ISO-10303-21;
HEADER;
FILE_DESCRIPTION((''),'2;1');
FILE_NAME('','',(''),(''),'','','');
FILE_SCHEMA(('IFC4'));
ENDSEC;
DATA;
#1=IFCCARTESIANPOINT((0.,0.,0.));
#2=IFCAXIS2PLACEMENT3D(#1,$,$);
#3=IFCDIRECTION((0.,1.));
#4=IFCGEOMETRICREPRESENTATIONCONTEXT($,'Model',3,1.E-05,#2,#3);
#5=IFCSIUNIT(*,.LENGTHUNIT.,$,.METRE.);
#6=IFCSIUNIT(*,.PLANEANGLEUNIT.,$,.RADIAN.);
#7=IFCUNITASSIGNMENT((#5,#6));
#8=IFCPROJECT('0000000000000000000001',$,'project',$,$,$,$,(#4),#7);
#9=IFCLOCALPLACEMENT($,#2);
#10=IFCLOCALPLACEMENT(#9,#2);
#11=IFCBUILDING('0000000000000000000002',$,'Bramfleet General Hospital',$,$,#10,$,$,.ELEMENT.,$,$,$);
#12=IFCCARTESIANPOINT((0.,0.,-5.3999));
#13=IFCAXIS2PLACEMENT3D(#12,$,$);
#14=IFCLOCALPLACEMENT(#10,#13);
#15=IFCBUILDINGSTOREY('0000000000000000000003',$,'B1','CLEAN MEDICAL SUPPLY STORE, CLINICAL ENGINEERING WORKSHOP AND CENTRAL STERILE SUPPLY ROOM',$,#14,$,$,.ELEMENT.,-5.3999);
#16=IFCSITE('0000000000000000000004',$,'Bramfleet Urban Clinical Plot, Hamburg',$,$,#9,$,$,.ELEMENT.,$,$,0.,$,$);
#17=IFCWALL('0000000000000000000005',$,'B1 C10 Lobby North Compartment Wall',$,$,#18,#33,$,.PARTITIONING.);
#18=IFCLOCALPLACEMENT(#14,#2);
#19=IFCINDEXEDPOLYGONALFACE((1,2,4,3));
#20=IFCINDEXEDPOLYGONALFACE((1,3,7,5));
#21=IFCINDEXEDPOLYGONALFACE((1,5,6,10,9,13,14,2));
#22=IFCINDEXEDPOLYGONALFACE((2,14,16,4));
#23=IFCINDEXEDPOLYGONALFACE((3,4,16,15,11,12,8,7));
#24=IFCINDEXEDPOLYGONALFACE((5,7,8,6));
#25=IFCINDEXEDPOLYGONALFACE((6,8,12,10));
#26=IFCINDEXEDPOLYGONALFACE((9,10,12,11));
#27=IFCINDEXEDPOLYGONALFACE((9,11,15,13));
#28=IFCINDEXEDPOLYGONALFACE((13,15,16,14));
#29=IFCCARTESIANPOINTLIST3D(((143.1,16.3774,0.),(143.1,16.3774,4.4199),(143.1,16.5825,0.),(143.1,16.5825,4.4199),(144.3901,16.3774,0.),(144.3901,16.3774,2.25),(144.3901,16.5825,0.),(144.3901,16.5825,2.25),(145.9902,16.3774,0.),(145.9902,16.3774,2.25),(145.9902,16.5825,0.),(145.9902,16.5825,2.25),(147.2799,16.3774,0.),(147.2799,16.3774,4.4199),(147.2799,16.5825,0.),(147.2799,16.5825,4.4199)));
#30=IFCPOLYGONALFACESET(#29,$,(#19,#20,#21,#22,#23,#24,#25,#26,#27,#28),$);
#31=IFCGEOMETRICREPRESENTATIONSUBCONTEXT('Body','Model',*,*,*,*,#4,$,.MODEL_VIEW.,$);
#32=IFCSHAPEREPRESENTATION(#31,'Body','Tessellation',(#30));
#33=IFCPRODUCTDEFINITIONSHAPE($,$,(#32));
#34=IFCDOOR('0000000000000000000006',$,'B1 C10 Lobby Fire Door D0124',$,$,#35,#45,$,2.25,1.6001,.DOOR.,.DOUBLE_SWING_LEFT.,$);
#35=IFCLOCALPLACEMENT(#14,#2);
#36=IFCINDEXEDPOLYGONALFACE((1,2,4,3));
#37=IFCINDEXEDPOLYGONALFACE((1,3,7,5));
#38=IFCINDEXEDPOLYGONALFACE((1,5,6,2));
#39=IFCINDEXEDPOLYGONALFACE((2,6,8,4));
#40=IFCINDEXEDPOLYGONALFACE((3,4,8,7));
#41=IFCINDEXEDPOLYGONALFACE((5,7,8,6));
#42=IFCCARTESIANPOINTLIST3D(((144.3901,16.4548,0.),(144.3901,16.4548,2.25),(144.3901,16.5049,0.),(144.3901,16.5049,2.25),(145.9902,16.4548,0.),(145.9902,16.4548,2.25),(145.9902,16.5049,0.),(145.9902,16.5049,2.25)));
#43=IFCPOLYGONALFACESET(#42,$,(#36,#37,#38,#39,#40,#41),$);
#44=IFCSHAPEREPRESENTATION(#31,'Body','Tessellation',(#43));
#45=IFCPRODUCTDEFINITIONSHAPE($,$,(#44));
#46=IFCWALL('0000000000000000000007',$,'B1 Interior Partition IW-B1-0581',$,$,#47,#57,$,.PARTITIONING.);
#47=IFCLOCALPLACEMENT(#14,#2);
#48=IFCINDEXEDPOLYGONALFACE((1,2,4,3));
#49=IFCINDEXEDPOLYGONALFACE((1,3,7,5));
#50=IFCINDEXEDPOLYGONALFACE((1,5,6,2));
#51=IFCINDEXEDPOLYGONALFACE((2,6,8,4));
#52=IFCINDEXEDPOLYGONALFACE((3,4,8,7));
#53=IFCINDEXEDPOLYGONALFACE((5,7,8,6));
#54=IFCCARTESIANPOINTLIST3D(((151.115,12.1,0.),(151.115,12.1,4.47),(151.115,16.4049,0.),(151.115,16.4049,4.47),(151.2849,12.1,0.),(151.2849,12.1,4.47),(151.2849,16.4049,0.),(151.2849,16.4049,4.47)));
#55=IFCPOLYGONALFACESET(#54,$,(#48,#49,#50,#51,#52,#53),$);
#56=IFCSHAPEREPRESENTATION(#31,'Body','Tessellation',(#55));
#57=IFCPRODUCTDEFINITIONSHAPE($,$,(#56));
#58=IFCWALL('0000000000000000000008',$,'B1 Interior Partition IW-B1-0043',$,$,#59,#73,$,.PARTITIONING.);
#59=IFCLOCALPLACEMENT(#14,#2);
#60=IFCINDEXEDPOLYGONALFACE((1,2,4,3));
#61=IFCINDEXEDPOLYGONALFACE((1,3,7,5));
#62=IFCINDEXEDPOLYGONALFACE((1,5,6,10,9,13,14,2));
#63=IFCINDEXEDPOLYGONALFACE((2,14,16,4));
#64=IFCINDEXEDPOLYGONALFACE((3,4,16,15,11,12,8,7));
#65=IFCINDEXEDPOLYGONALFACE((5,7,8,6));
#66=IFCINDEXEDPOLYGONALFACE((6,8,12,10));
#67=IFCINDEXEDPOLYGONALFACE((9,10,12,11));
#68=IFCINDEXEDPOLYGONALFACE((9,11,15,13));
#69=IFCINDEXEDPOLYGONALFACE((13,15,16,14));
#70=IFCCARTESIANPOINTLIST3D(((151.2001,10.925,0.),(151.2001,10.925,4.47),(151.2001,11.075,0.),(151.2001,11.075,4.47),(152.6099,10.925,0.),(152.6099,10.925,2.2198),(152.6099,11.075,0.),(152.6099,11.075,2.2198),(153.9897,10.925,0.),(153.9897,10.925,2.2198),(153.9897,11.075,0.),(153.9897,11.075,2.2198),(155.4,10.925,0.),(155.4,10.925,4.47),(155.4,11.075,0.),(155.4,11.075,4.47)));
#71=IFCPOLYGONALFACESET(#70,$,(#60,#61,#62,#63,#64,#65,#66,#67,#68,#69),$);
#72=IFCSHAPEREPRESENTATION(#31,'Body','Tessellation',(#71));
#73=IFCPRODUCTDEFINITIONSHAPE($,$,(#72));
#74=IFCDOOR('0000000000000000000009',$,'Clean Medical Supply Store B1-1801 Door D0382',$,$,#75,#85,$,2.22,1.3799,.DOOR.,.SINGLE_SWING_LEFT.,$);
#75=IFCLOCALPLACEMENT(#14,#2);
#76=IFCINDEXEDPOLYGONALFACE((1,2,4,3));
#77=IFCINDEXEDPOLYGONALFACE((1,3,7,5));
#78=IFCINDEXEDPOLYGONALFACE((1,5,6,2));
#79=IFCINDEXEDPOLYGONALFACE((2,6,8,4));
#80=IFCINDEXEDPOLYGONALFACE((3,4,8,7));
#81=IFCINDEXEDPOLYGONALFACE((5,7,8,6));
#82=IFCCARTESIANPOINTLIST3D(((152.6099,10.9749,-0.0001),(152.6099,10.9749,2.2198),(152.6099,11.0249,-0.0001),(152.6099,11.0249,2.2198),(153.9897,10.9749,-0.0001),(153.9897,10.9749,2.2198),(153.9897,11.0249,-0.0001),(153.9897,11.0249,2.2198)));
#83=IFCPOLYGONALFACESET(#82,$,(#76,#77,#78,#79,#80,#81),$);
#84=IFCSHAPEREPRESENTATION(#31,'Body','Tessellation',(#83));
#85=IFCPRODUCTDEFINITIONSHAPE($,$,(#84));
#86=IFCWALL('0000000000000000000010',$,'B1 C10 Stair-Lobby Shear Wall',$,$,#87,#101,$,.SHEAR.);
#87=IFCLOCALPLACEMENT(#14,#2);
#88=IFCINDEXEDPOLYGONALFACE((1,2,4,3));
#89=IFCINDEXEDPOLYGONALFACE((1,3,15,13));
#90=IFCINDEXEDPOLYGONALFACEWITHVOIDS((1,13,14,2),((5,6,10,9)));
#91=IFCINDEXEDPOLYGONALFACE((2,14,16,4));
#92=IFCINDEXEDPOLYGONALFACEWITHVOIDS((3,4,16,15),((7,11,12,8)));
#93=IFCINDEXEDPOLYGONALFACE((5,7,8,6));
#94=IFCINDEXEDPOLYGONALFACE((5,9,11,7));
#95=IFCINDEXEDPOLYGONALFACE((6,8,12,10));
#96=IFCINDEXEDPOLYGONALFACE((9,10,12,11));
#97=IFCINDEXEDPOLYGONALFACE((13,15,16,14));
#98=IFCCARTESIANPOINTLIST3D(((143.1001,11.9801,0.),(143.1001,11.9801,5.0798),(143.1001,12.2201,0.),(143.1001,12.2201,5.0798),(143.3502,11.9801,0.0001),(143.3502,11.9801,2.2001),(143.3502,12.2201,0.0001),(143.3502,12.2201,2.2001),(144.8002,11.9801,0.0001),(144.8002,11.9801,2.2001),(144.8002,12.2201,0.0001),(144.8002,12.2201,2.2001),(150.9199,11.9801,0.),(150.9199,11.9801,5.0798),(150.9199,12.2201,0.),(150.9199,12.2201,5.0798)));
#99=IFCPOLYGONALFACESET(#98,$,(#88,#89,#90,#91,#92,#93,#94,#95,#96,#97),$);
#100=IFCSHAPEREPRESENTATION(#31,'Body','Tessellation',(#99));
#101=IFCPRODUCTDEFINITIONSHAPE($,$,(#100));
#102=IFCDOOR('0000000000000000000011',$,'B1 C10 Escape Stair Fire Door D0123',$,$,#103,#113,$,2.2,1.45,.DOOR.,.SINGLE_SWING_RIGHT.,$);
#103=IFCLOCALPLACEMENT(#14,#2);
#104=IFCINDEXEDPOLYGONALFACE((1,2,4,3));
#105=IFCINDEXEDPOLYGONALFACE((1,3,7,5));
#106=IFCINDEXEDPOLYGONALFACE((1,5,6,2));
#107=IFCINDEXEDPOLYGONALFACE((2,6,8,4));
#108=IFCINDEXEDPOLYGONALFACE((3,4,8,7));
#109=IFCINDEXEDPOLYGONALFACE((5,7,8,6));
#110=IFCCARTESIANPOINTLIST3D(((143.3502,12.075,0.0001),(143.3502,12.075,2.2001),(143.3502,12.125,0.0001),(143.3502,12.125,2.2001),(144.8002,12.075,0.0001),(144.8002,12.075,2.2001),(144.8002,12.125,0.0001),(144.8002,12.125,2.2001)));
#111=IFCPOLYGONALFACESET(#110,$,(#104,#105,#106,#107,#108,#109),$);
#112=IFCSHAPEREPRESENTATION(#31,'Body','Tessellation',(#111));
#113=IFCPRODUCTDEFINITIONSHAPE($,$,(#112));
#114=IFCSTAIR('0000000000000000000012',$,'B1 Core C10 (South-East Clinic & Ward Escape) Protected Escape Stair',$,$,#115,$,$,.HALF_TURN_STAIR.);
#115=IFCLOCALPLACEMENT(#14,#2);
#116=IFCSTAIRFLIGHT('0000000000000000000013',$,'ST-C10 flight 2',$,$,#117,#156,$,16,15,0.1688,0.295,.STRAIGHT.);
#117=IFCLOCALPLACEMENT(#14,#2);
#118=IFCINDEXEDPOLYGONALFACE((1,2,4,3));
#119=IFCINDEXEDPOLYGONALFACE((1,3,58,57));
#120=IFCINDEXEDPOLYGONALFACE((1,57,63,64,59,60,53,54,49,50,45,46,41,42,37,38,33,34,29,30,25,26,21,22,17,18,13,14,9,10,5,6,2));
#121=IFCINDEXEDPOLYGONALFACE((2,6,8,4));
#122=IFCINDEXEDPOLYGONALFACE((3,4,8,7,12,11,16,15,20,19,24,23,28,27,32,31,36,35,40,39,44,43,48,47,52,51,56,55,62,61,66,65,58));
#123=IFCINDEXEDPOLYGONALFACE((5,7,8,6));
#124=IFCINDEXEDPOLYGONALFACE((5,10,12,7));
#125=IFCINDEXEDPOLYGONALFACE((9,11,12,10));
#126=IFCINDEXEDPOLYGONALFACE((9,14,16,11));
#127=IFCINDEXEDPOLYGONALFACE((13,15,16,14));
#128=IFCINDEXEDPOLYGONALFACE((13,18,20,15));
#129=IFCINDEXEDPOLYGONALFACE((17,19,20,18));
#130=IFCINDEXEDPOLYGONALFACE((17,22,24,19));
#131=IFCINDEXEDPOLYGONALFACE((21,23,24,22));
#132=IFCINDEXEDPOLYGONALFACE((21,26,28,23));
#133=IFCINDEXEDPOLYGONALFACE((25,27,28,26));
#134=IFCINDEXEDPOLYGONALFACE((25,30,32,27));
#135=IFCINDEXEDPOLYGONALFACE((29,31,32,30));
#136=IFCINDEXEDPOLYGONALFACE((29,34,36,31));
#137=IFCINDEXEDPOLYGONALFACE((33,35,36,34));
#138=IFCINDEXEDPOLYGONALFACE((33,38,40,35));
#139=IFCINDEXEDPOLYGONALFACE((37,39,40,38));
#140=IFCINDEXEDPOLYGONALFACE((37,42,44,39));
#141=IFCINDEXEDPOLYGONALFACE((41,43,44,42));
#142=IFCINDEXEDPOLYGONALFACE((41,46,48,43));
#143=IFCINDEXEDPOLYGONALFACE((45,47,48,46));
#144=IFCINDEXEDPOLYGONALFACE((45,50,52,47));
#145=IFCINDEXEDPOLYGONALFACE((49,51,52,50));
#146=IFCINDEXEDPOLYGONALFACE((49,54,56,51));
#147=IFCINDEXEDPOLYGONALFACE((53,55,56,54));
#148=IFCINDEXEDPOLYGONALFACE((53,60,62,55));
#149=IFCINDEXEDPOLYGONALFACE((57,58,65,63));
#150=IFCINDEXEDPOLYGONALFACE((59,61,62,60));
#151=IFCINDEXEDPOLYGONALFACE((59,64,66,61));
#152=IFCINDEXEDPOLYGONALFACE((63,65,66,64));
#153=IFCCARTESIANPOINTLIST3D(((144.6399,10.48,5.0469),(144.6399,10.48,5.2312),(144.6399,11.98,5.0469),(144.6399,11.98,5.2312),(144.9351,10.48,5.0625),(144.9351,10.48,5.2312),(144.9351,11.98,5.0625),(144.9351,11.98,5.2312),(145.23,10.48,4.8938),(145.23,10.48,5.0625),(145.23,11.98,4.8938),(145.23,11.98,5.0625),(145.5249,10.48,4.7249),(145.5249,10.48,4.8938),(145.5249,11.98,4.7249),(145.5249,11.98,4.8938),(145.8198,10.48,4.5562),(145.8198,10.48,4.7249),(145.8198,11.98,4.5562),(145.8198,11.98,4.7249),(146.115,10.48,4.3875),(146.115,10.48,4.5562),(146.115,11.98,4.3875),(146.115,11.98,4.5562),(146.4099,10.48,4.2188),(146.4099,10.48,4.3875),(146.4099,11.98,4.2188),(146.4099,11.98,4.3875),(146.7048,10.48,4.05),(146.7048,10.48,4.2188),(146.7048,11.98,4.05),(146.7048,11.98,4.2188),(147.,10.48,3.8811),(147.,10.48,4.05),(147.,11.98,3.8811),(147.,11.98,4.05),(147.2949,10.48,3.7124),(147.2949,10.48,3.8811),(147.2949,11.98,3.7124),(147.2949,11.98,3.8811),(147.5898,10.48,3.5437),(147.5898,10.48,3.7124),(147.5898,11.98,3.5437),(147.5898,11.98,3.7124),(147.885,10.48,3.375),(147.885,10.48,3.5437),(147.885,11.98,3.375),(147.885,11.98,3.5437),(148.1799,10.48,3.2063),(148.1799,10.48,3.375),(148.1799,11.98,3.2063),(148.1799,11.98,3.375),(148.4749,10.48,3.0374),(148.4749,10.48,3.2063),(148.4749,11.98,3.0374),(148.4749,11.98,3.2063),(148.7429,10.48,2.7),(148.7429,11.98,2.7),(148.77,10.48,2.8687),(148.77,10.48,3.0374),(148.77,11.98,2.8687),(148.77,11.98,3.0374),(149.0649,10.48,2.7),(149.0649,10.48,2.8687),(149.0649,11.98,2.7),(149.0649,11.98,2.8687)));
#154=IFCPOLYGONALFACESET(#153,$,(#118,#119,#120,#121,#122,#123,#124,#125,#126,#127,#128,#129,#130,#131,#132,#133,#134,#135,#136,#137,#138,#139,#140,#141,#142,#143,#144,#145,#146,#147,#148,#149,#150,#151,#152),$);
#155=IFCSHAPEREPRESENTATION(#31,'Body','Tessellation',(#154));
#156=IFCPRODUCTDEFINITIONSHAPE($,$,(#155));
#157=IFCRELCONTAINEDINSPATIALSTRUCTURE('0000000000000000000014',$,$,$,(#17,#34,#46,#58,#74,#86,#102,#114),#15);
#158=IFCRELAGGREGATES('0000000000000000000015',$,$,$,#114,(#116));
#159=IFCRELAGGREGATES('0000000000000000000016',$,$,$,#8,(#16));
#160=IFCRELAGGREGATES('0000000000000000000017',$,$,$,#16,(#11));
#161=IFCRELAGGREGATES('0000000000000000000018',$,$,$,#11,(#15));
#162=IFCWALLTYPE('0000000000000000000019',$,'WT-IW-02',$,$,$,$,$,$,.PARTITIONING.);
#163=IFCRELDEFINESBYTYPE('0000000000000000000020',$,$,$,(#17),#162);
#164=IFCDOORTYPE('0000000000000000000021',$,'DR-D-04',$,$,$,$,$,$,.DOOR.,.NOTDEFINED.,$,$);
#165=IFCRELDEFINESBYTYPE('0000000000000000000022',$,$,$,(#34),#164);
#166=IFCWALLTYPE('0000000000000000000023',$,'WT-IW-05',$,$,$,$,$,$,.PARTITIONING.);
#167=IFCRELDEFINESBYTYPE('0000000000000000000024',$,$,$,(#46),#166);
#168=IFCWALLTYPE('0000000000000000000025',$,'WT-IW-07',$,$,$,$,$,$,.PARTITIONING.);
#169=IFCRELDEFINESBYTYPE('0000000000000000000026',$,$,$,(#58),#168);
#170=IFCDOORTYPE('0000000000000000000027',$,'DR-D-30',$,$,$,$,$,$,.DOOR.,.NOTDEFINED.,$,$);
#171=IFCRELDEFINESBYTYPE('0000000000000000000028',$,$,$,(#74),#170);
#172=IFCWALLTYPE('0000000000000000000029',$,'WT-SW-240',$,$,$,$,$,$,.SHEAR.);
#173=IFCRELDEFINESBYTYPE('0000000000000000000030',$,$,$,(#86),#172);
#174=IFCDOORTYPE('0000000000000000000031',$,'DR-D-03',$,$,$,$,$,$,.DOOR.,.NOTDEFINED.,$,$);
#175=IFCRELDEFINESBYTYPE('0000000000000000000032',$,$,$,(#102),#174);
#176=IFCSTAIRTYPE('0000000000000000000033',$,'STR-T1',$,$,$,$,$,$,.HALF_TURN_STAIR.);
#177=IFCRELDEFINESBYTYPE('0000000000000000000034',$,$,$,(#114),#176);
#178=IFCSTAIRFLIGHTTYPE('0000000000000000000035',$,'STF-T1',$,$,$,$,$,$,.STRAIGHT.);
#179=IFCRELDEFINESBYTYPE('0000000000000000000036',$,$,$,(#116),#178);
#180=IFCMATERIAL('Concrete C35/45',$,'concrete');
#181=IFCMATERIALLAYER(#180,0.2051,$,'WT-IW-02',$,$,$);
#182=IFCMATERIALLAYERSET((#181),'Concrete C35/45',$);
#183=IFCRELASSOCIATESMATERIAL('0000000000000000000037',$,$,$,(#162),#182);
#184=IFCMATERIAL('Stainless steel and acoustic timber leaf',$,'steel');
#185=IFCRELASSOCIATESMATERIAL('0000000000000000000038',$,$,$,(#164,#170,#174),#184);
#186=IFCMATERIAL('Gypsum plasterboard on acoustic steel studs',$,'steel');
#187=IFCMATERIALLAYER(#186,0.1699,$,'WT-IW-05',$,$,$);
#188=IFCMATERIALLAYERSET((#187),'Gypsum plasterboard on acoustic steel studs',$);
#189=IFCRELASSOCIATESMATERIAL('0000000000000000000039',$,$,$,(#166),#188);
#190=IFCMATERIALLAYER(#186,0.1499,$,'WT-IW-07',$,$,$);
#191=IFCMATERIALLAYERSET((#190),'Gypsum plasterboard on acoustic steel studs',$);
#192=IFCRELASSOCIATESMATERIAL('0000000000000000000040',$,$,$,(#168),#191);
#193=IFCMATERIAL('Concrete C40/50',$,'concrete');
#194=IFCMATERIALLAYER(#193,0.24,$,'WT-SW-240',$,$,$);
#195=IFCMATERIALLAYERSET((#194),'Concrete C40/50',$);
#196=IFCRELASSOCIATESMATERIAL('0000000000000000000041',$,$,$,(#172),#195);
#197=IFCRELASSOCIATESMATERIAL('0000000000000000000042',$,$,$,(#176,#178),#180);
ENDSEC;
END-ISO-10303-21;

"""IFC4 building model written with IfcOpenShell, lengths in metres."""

from ifc_helpers import new_model, si_unit, direction, frame, frame_2d, origin, place, context, subcontext, project, spatial, polyline, rectangle, outline, extrude, material, layer, layer_set, type_object, element, fill, aggregate, save


model = new_model("IFC4")

# Units and contexts
model_context = context("Model", 3, precision=1e-05, world=origin(), true_north=direction((0.0, 1.0)))
body_context = subcontext(model_context, "Body", "Model", "MODEL_VIEW")
ifc_project = project(units=[si_unit("LENGTHUNIT", "METRE"), si_unit("PLANEANGLEUNIT", "RADIAN")], contexts=[model_context])

# Site, building, storey
site_placement = place(None, origin())
site = spatial("IfcSite", under=ifc_project, at=site_placement, Name="Bramfleet Urban Clinical Plot, Hamburg", CompositionType="ELEMENT", RefElevation=0.0)
building_placement = place(site_placement, origin())
building = spatial("IfcBuilding", under=site, at=building_placement, Name="Bramfleet General Hospital", CompositionType="ELEMENT")
storey_placement = place(building_placement, frame((0.0, 0.0, -5.3999)))
storey = spatial("IfcBuildingStorey", under=building, at=storey_placement, Name="B1", Description="CLEAN MEDICAL SUPPLY STORE, CLINICAL ENGINEERING WORKSHOP AND CENTRAL STERILE SUPPLY ROOM", CompositionType="ELEMENT", Elevation=-5.3999)

# Shared definitions
ifc_material_1 = material(Name="Concrete C35/45", Category="concrete")

# Shared definitions
ifc_layer_1 = layer(ifc_material_1, 0.2051, Name="WT-IW-02")
ifc_layer_set_1 = layer_set([ifc_layer_1], Name="Concrete C35/45")
wall_type_1 = type_object("IfcWallType", Name="WT-IW-02", PredefinedType="PARTITIONING", material=ifc_layer_set_1)

# Wall, opening, door
wall_1_placement = place(storey_placement, frame((143.1001, 16.48, 0.0), z_axis=(0.0, 0.0, 1.0), x_axis=(1.0, 0.0, 0.0)))
wall_1 = element("IfcWall", 1, at=wall_1_placement, inside=storey, type_object=wall_type_1, Name="B1 C10 Lobby North Compartment Wall", PredefinedType="PARTITIONING", context=body_context, shape_type="SweptSolid", body=[
    extrude(rectangle(XDim=4.1799, YDim=0.2051, at=frame_2d((2.0898, 0.0))), origin(), (0.0, 0.0, 1.0), 4.4199),
])
opening_1_placement = place(wall_1_placement, frame((1.29, 0.0, 0.0)))
opening_1 = element("IfcOpeningElement", 2, at=opening_1_placement, cuts=wall_1, PredefinedType="OPENING", context=body_context, shape_type="SweptSolid", body=[
    extrude(rectangle(XDim=1.6001, YDim=2.25, at=frame_2d((0.8, 1.125))), frame((0.0, 0.1125, 0.0), z_axis=(0.0, -1.0, 0.0), x_axis=(1.0, 0.0, 0.0)), (0.0, 0.0, 1.0), 0.2251),
])
ifc_material_2 = material(Name="Stainless steel and acoustic timber leaf", Category="steel")
door_type_1 = type_object("IfcDoorType", Name="DR-D-04", OperationType="NOTDEFINED", PredefinedType="DOOR", material=ifc_material_2)
door_1_placement = place(opening_1_placement, origin())
door_1 = element("IfcDoor", 3, at=door_1_placement, inside=storey, type_object=door_type_1, Name="B1 C10 Lobby Fire Door D0124", OperationType="DOUBLE_SWING_LEFT", OverallHeight=2.25, OverallWidth=1.6001, PredefinedType="DOOR", context=body_context, shape_type="SweptSolid", body=[
    extrude(rectangle(XDim=1.6001, YDim=2.25, at=frame_2d((0.8, 1.125))), frame((0.0, 0.0249, 0.0), z_axis=(0.0, -1.0, 0.0), x_axis=(1.0, 0.0, 0.0)), (0.0, 0.0, 1.0), 0.05),
])
fill(opening_1, door_1)

# Wall
ifc_material_3 = material(Name="Gypsum plasterboard on acoustic steel studs", Category="steel")
ifc_layer_2 = layer(ifc_material_3, 0.1699, Name="WT-IW-05")
ifc_layer_set_2 = layer_set([ifc_layer_2], Name="Gypsum plasterboard on acoustic steel studs")
wall_type_2 = type_object("IfcWallType", Name="WT-IW-05", PredefinedType="PARTITIONING", material=ifc_layer_set_2)
wall_2_placement = place(storey_placement, frame((151.2, 12.1001, 0.0), z_axis=(0.0, 0.0, 1.0), x_axis=(0.0, 1.0, 0.0)))
element("IfcWall", 4, at=wall_2_placement, inside=storey, type_object=wall_type_2, Name="B1 Interior Partition IW-B1-0581", PredefinedType="PARTITIONING", context=body_context, shape_type="SweptSolid", body=[
    extrude(rectangle(XDim=4.3049, YDim=0.1699, at=frame_2d((2.1523, 0.0))), origin(), (0.0, 0.0, 1.0), 4.47),
])

# Walls, openings, doors
ifc_layer_3 = layer(ifc_material_3, 0.1499, Name="WT-IW-07")
ifc_layer_set_3 = layer_set([ifc_layer_3], Name="Gypsum plasterboard on acoustic steel studs")
wall_type_3 = type_object("IfcWallType", Name="WT-IW-07", PredefinedType="PARTITIONING", material=ifc_layer_set_3)
wall_3_placement = place(storey_placement, frame((151.2, 11.0, 0.0), z_axis=(0.0, 0.0, 1.0), x_axis=(1.0, 0.0, 0.0)))
wall_3 = element("IfcWall", 5, at=wall_3_placement, inside=storey, type_object=wall_type_3, Name="B1 Interior Partition IW-B1-0043", PredefinedType="PARTITIONING", context=body_context, shape_type="SweptSolid", body=[
    extrude(rectangle(XDim=4.2, YDim=0.1499, at=frame_2d((2.1001, 0.0))), origin(), (0.0, 0.0, 1.0), 4.47),
])
opening_2_placement = place(wall_3_placement, frame((1.4099, 0.0, 0.0)))
opening_2 = element("IfcOpeningElement", 6, at=opening_2_placement, cuts=wall_3, PredefinedType="OPENING", context=body_context, shape_type="SweptSolid", body=[
    extrude(rectangle(XDim=1.3799, YDim=2.22, at=frame_2d((0.6899, 1.1099))), frame((0.0, 0.085, 0.0), z_axis=(0.0, -1.0, 0.0), x_axis=(1.0, 0.0, 0.0)), (0.0, 0.0, 1.0), 0.1699),
])
door_type_2 = type_object("IfcDoorType", Name="DR-D-30", OperationType="NOTDEFINED", PredefinedType="DOOR", material=ifc_material_2)
door_2_placement = place(opening_2_placement, origin())
door_2 = element("IfcDoor", 7, at=door_2_placement, inside=storey, type_object=door_type_2, Name="Clean Medical Supply Store B1-1801 Door D0382", OperationType="SINGLE_SWING_LEFT", OverallHeight=2.22, OverallWidth=1.3799, PredefinedType="DOOR", context=body_context, shape_type="SweptSolid", body=[
    extrude(rectangle(XDim=1.3799, YDim=2.22, at=frame_2d((0.6899, 1.1099))), frame((0.0, 0.0249, 0.0), z_axis=(0.0, -1.0, 0.0), x_axis=(1.0, 0.0, 0.0)), (0.0, 0.0, 1.0), 0.05),
])
fill(opening_2, door_2)
ifc_material_4 = material(Name="Concrete C40/50", Category="concrete")
ifc_layer_4 = layer(ifc_material_4, 0.24, Name="WT-SW-240")
ifc_layer_set_4 = layer_set([ifc_layer_4], Name="Concrete C40/50")
wall_type_4 = type_object("IfcWallType", Name="WT-SW-240", PredefinedType="SHEAR", material=ifc_layer_set_4)
wall_4_placement = place(storey_placement, frame((143.1001, 12.1001, 0.0), z_axis=(0.0, 0.0, 1.0), x_axis=(1.0, 0.0, 0.0)))
wall_4 = element("IfcWall", 8, at=wall_4_placement, inside=storey, type_object=wall_type_4, Name="B1 C10 Stair-Lobby Shear Wall", PredefinedType="SHEAR", context=body_context, shape_type="SweptSolid", body=[
    extrude(rectangle(XDim=7.8198, YDim=0.24, at=frame_2d((3.9099, 0.0))), origin(), (0.0, 0.0, 1.0), 5.0798),
])
opening_3_placement = place(wall_4_placement, frame((0.25, 0.0, 0.0)))
opening_3 = element("IfcOpeningElement", 9, at=opening_3_placement, cuts=wall_4, PredefinedType="OPENING", context=body_context, shape_type="SweptSolid", body=[
    extrude(rectangle(XDim=1.45, YDim=2.2, at=frame_2d((0.7251, 1.1001))), frame((0.0, 0.1299, 0.0), z_axis=(0.0, -1.0, 0.0), x_axis=(1.0, 0.0, 0.0)), (0.0, 0.0, 1.0), 0.26),
])
door_type_3 = type_object("IfcDoorType", Name="DR-D-03", OperationType="NOTDEFINED", PredefinedType="DOOR", material=ifc_material_2)
door_3_placement = place(opening_3_placement, origin())
door_3 = element("IfcDoor", 10, at=door_3_placement, inside=storey, type_object=door_type_3, Name="B1 C10 Escape Stair Fire Door D0123", OperationType="SINGLE_SWING_RIGHT", OverallHeight=2.2, OverallWidth=1.45, PredefinedType="DOOR", context=body_context, shape_type="SweptSolid", body=[
    extrude(rectangle(XDim=1.45, YDim=2.2, at=frame_2d((0.7251, 1.1001))), frame((0.0, 0.0249, 0.0), z_axis=(0.0, -1.0, 0.0), x_axis=(1.0, 0.0, 0.0)), (0.0, 0.0, 1.0), 0.05),
])
fill(opening_3, door_3)

# Stair, stair flight
stair_type = type_object("IfcStairType", Name="STR-T1", PredefinedType="HALF_TURN_STAIR", material=ifc_material_1)
stair_placement = place(storey_placement, origin())
stair = element("IfcStair", 11, at=stair_placement, inside=storey, type_object=stair_type, Name="B1 Core C10 (South-East Clinic & Ward Escape) Protected Escape Stair", PredefinedType="HALF_TURN_STAIR")
stair_flight_type = type_object("IfcStairFlightType", Name="STF-T1", PredefinedType="STRAIGHT", material=ifc_material_1)
stair_flight_placement = place(storey_placement, frame((149.0649, 11.23, 2.7), z_axis=(0.0, 0.0, 1.0), x_axis=(-1.0, 0.0, 0.0)))
stair_flight = element("IfcStairFlight", 12, at=stair_flight_placement, type_object=stair_flight_type, Name="ST-C10 flight 2", NumberOfRisers=16, NumberOfTreads=15, PredefinedType="STRAIGHT", RiserHeight=0.1688, TreadLength=0.295, context=body_context, shape_type="SweptSolid", body=[
    extrude(outline(polyline([(0.0, 0.0), (0.0, 0.1687), (0.2949, 0.1687), (0.2949, 0.3374), (0.5901, 0.3374), (0.5901, 0.5063), (0.885, 0.5063), (0.885, 0.675), (1.1799, 0.675), (1.1799, 0.8438), (1.4751, 0.8438), (1.4751, 1.0125), (1.77, 1.0125), (1.77, 1.1812), (2.0649, 1.1812), (2.0649, 1.3501), (2.3601, 1.3501), (2.3601, 1.5188), (2.655, 1.5188), (2.655, 1.6875), (2.95, 1.6875), (2.95, 1.8562), (3.2451, 1.8562), (3.2451, 2.0249), (3.54, 2.0249), (3.54, 2.1938), (3.835, 2.1938), (3.835, 2.3625), (4.1299, 2.3625), (4.1299, 2.5312), (4.425, 2.5312), (4.425, 2.7), (4.425, 2.3469), (0.322, 0.0), (0.0, 0.0)])), frame((0.0, 0.75, 0.0), z_axis=(0.0, -1.0, 0.0), x_axis=(1.0, 0.0, 0.0)), (0.0, 0.0, 1.0), 1.5),
])
aggregate(stair, [stair_flight])

save(model, "model.ifc")
